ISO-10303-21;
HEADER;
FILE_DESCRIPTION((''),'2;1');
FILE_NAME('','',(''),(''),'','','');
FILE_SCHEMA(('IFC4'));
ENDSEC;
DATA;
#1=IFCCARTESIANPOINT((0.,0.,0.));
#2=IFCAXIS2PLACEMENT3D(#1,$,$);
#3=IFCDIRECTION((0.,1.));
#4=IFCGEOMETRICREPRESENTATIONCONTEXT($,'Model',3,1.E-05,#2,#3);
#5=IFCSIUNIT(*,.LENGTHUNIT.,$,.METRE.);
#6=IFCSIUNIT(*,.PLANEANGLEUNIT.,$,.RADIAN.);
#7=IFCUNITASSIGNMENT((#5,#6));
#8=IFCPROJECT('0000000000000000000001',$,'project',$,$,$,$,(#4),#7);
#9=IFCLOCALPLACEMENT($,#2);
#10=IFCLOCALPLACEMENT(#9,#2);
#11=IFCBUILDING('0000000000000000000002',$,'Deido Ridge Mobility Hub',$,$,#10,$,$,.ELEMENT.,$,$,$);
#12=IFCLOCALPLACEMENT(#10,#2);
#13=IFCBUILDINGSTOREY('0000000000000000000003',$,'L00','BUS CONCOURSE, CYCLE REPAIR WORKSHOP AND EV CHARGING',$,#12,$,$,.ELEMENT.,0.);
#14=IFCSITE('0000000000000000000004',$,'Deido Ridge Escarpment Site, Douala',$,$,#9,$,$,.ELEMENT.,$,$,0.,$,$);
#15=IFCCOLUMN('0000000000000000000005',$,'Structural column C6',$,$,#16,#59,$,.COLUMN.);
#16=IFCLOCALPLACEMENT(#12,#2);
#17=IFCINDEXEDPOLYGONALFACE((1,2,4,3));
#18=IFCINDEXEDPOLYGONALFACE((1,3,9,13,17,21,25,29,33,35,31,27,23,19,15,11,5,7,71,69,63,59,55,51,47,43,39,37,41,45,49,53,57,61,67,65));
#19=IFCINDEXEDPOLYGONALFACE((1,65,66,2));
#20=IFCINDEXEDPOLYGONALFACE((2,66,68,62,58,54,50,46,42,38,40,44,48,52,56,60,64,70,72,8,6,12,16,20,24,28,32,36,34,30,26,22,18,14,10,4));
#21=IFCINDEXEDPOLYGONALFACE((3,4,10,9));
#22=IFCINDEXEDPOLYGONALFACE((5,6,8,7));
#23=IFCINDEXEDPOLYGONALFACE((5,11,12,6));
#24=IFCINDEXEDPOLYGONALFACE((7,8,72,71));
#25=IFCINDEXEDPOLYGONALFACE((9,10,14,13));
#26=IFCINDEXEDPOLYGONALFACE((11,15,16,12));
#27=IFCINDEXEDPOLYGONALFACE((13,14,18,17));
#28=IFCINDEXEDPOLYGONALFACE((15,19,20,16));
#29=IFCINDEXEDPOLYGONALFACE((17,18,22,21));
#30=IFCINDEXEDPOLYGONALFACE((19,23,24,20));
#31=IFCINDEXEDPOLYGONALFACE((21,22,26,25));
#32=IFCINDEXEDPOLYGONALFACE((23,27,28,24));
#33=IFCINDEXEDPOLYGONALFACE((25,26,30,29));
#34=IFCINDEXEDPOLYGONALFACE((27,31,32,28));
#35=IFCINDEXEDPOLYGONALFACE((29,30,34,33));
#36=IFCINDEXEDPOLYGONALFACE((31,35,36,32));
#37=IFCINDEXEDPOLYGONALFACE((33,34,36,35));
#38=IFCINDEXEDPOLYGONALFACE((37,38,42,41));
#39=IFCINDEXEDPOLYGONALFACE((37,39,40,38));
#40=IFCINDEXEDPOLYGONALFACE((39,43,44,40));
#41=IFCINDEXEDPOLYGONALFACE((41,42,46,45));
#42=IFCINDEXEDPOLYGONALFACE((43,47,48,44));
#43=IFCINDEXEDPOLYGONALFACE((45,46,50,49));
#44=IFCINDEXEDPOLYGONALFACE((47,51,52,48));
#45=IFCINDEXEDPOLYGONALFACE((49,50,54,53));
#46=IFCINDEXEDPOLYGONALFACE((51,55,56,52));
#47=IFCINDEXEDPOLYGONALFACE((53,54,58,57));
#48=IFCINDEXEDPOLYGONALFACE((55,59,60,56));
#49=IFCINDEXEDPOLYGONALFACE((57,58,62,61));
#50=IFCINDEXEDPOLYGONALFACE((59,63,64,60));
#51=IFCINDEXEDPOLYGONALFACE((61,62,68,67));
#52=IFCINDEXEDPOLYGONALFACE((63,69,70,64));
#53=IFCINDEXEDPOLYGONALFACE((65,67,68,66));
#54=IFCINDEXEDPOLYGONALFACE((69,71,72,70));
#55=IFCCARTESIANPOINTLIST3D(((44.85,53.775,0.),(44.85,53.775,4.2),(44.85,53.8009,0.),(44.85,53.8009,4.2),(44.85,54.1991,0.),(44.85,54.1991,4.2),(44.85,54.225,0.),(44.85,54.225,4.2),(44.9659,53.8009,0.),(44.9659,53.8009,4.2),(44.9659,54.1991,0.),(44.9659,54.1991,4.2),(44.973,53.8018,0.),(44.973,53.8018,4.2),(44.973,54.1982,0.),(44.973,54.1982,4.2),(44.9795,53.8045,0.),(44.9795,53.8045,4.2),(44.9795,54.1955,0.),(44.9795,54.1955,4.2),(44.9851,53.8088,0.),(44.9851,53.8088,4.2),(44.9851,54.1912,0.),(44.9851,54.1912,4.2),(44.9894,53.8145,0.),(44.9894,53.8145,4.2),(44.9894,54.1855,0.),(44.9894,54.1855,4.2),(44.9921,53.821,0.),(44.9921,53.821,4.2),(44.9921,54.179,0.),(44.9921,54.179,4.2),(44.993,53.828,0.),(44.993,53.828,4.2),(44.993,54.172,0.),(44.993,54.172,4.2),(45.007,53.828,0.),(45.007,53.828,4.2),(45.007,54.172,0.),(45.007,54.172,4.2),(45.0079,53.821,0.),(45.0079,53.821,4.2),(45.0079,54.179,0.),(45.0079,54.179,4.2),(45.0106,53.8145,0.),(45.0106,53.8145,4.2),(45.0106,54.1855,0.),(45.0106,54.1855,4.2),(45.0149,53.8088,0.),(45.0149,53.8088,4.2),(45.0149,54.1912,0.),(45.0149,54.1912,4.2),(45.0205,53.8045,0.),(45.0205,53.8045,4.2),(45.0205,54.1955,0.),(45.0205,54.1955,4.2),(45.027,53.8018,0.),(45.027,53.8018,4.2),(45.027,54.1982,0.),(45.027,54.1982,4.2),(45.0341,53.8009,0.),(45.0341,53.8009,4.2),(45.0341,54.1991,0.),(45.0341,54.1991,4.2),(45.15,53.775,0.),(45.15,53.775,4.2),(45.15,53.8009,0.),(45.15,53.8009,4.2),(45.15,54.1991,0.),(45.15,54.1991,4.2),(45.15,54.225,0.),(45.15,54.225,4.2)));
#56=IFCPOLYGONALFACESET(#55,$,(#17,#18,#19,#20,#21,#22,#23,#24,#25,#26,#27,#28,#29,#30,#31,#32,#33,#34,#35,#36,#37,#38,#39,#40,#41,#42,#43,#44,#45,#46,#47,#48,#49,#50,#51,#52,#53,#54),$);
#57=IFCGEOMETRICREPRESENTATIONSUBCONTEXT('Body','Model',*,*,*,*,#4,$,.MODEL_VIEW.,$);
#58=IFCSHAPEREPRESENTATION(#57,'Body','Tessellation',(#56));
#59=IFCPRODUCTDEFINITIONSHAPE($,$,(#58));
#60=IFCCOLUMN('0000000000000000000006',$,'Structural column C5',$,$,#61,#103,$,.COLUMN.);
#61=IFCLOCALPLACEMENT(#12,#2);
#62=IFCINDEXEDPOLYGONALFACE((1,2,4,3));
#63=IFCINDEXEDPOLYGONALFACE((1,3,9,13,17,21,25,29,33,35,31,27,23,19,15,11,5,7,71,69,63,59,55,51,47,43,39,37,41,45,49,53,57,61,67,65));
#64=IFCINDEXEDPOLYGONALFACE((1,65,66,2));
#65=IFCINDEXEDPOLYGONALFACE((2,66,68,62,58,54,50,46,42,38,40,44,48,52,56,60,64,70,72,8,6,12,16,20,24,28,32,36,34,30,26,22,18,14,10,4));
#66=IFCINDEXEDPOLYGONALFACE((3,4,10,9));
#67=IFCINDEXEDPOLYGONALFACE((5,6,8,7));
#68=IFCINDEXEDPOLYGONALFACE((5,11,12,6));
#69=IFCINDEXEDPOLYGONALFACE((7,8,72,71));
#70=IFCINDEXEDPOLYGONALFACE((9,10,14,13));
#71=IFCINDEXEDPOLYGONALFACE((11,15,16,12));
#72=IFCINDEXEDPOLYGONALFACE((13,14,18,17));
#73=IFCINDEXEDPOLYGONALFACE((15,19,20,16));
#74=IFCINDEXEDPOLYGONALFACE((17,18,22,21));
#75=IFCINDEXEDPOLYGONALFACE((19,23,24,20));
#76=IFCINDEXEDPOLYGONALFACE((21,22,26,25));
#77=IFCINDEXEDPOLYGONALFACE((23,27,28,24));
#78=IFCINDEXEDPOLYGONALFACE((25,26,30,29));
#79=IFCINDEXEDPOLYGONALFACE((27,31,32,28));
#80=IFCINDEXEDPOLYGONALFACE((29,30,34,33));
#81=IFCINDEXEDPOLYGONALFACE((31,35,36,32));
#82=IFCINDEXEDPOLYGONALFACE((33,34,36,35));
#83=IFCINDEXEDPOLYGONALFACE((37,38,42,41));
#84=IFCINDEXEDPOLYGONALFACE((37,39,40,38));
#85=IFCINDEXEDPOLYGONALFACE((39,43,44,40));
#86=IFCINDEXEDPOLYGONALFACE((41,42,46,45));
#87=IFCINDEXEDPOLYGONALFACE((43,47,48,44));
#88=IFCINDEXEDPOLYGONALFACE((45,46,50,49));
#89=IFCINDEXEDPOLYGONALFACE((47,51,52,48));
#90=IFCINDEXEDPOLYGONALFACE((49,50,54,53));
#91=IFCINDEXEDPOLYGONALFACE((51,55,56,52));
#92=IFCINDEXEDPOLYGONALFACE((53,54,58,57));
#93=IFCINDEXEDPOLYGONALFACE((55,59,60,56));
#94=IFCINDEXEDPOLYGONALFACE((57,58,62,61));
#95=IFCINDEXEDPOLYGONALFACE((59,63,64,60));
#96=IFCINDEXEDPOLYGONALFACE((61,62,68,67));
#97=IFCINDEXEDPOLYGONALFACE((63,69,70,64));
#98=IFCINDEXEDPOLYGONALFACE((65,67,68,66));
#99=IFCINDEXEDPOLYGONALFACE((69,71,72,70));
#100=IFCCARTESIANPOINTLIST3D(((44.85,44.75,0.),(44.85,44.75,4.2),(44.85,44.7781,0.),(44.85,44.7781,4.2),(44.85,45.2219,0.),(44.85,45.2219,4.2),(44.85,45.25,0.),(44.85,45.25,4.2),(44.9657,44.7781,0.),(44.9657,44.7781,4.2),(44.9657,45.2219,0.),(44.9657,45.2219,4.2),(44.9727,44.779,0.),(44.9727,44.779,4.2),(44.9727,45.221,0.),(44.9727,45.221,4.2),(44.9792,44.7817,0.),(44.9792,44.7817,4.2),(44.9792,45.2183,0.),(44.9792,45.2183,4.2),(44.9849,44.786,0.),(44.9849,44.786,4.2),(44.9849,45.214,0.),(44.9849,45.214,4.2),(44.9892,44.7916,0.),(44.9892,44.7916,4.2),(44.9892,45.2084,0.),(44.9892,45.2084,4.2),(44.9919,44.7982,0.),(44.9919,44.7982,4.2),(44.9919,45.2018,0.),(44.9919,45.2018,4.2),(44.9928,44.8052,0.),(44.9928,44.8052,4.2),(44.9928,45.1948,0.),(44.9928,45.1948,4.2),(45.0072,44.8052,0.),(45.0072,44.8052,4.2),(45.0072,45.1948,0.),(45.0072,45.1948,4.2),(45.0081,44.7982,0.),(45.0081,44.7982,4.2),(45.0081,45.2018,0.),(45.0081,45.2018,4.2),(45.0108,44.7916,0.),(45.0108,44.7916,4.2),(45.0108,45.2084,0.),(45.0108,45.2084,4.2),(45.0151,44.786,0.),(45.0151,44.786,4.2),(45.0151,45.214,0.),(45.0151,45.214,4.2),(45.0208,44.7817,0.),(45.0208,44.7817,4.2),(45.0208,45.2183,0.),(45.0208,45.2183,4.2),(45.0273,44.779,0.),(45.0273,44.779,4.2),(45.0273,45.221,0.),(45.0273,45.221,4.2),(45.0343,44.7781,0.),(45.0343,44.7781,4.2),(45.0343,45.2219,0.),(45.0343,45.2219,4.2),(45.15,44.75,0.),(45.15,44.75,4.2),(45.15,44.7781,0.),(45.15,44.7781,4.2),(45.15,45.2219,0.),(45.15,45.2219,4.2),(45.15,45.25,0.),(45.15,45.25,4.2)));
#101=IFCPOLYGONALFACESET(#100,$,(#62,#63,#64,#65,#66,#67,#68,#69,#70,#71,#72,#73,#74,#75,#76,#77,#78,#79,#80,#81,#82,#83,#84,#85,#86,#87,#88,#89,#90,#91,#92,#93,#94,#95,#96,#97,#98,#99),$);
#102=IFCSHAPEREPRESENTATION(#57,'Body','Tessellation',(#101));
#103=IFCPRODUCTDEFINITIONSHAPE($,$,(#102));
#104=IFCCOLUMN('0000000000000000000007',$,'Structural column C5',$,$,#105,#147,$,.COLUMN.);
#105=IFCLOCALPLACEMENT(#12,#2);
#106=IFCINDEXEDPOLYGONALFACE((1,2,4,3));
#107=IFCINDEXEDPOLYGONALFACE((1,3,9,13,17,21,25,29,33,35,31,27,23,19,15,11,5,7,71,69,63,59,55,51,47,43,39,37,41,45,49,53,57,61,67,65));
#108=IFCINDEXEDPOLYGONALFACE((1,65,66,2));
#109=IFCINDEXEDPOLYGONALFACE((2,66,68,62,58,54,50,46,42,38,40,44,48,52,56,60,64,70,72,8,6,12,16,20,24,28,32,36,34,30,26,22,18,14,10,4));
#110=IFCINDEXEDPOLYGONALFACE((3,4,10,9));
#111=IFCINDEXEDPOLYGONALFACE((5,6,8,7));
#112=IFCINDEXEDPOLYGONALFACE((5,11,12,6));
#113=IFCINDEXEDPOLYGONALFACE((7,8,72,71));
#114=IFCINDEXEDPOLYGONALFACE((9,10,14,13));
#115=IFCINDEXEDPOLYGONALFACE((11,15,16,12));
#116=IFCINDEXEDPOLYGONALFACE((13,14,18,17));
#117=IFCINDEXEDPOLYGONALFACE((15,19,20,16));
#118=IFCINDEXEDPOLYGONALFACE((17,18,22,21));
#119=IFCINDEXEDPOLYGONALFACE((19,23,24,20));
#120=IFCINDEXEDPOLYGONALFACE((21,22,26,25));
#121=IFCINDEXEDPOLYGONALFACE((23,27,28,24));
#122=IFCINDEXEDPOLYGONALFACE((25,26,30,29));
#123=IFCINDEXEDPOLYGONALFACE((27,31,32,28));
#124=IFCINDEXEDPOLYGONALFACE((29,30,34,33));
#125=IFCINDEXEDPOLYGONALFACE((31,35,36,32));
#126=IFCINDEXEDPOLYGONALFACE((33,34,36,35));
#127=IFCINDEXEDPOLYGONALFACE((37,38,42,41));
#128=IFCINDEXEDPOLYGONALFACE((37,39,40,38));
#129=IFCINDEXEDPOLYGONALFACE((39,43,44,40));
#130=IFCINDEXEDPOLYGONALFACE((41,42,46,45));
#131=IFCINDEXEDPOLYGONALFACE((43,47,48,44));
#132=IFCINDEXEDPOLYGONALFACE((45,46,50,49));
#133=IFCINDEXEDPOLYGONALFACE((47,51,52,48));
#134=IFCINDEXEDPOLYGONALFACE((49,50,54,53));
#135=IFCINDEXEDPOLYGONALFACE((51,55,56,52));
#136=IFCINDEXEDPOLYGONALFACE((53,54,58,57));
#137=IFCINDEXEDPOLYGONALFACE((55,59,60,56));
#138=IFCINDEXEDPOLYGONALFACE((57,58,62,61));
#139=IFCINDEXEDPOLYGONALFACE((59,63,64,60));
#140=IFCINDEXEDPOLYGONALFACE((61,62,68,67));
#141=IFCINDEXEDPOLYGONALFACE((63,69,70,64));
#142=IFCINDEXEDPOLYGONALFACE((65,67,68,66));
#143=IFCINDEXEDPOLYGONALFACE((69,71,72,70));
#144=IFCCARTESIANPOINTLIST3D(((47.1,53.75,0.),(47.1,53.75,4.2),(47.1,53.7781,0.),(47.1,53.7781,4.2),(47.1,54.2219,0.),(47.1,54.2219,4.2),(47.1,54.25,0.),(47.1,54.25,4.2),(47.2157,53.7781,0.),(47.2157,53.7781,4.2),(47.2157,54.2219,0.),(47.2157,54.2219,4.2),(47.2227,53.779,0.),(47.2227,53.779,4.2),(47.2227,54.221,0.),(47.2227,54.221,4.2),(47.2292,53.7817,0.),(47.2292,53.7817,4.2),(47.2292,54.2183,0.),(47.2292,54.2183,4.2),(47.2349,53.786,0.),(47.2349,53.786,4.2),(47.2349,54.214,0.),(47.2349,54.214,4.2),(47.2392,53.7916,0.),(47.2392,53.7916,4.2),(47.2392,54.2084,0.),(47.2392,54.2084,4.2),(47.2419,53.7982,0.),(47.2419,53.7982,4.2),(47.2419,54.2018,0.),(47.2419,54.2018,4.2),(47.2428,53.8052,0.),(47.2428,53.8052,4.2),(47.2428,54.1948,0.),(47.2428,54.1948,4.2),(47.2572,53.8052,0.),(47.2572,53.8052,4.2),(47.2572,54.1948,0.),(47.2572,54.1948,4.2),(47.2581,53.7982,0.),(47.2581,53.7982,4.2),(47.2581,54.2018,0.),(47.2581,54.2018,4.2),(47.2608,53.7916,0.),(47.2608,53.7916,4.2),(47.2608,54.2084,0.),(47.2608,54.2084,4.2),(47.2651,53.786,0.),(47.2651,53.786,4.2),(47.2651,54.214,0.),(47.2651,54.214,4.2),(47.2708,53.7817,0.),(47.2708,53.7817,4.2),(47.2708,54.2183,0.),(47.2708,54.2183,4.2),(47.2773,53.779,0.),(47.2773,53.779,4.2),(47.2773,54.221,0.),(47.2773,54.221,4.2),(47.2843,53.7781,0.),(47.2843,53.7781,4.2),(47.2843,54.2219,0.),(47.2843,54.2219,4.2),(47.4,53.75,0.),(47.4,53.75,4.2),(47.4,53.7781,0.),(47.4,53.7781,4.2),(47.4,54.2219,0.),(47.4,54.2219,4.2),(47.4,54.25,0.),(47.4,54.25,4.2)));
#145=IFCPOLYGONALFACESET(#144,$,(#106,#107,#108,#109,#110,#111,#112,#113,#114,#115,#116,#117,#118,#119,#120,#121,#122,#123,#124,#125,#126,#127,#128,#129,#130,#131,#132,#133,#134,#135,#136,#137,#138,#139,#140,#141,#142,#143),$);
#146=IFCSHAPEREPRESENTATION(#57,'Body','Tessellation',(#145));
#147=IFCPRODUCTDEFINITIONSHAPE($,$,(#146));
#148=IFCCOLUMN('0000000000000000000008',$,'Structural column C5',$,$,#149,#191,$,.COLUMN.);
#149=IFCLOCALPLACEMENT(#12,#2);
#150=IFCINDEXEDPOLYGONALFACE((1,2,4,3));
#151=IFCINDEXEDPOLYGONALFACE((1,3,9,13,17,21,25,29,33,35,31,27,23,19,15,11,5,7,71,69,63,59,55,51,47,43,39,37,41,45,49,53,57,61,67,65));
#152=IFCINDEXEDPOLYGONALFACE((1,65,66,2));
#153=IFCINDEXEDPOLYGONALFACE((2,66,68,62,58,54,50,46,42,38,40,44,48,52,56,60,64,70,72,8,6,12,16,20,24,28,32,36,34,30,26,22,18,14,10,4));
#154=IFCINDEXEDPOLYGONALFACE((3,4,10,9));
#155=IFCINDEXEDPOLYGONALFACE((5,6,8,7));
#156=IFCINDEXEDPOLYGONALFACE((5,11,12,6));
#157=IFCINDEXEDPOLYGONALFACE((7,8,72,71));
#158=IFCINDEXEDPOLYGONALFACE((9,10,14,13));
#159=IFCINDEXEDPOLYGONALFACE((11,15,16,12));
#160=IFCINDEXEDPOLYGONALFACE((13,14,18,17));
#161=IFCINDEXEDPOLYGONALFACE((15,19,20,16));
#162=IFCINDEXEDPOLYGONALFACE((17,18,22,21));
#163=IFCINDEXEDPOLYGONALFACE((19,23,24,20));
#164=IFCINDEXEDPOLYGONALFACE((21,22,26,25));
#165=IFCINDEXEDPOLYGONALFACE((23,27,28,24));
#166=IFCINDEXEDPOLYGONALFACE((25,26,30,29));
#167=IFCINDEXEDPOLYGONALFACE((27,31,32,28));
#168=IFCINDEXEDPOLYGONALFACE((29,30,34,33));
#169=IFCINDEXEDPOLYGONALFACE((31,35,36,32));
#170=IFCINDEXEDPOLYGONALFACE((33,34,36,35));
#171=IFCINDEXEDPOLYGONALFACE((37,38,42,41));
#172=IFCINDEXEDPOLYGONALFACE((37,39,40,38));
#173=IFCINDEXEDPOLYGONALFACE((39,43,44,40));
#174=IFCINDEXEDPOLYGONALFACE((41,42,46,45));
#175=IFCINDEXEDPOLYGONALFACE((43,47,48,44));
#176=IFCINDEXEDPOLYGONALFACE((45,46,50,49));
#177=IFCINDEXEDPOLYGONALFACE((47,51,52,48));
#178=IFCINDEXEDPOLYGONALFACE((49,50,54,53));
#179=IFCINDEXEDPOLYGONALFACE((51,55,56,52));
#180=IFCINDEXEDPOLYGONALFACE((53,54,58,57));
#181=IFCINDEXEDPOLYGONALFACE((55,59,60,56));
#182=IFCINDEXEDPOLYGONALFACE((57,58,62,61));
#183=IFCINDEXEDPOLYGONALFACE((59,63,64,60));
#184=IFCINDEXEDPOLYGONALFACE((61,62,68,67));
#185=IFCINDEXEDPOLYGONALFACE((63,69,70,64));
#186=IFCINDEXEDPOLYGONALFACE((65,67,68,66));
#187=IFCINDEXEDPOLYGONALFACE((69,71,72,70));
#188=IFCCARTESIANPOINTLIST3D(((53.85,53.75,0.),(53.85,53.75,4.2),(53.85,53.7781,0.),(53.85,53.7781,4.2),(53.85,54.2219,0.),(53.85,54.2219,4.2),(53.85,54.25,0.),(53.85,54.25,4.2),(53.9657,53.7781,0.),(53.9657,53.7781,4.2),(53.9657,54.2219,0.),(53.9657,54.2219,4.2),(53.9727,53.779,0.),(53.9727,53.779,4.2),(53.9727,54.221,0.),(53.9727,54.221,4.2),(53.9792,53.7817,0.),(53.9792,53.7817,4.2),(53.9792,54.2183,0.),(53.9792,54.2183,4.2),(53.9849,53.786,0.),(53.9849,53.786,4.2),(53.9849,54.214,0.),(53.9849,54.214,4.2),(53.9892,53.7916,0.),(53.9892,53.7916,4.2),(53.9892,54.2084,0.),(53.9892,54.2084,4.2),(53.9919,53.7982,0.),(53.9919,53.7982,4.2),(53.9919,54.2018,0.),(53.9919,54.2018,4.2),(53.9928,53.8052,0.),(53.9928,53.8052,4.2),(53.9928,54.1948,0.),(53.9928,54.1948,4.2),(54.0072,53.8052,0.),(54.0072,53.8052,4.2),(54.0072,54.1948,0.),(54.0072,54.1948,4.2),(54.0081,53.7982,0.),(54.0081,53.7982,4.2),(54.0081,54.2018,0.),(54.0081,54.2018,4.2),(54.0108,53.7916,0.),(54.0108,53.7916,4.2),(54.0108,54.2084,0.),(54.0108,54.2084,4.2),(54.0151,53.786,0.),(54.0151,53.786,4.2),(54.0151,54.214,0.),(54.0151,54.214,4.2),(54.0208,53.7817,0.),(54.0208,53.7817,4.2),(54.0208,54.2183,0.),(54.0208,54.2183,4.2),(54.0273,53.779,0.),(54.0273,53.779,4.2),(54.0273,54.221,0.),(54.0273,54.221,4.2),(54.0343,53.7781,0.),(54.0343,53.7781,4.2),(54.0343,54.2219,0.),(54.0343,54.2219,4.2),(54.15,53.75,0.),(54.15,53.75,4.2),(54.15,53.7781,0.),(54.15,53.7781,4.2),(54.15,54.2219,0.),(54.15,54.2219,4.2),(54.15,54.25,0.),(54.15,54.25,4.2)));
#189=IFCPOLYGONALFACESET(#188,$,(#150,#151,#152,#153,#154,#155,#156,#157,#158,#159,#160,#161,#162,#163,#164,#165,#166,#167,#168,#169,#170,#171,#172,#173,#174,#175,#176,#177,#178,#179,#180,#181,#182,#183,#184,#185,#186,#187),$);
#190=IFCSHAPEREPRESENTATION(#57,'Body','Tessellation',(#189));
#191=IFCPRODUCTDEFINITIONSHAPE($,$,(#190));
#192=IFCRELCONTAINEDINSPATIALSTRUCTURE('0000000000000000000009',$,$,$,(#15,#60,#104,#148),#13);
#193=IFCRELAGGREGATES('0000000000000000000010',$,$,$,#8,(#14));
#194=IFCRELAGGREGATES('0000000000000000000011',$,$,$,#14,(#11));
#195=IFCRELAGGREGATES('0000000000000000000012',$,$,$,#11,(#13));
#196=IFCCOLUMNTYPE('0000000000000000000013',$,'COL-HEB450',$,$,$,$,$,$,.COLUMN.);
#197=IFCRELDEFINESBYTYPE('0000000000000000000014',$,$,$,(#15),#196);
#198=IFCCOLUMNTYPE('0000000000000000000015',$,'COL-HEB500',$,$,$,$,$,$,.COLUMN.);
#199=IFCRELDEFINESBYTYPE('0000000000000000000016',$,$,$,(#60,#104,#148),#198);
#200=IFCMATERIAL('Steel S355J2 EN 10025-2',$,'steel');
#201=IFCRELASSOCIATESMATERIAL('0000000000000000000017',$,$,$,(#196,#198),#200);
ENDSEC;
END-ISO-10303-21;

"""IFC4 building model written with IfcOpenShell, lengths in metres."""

from ifc_helpers import new_model, si_unit, direction, frame, origin, origin_2d, place, context, subcontext, project, spatial, i_section, extrude, material, material_profile, profile_set, type_object, element, save


model = new_model("IFC4")

# Units and contexts
model_context = context("Model", 3, precision=1e-05, world=origin(), true_north=direction((0.0, 1.0)))
body_context = subcontext(model_context, "Body", "Model", "MODEL_VIEW")
ifc_project = project(units=[si_unit("LENGTHUNIT", "METRE"), si_unit("PLANEANGLEUNIT", "RADIAN")], contexts=[model_context])

# Site, building, storey
site_placement = place(None, origin())
site = spatial("IfcSite", under=ifc_project, at=site_placement, Name="Deido Ridge Escarpment Site, Douala", CompositionType="ELEMENT", RefElevation=0.0)
building_placement = place(site_placement, origin())
building = spatial("IfcBuilding", under=site, at=building_placement, Name="Deido Ridge Mobility Hub", CompositionType="ELEMENT")
storey_placement = place(building_placement, origin())
storey = spatial("IfcBuildingStorey", under=building, at=storey_placement, Name="L00", Description="BUS CONCOURSE, CYCLE REPAIR WORKSHOP AND EV CHARGING", CompositionType="ELEMENT", Elevation=0.0)

# Columns
ifc_material_1 = material(Name="Steel S355J2 EN 10025-2", Category="steel")
ifc_material_profile_1 = material_profile(ifc_material_1, i_section(OverallWidth=0.3, OverallDepth=0.45, WebThickness=0.0139, FlangeThickness=0.0259, FilletRadius=0.0271, at=origin_2d()), Name="HEB 450")
ifc_profile_set_1 = profile_set([ifc_material_profile_1], Name="Steel S355J2 EN 10025-2")
column_type_1 = type_object("IfcColumnType", Name="COL-HEB450", PredefinedType="COLUMN", material=ifc_profile_set_1)
column_placement = place(storey_placement, frame((45.0, 54.0, 0.0), z_axis=(0.0, 0.0, 1.0), x_axis=(1.0, 0.0, 0.0)))
element("IfcColumn", 1, at=column_placement, inside=storey, type_object=column_type_1, Name="Structural column C6", PredefinedType="COLUMN", context=body_context, shape_type="SweptSolid", body=[
    extrude(i_section(OverallWidth=0.3, OverallDepth=0.45, WebThickness=0.0139, FlangeThickness=0.0259, FilletRadius=0.0271, at=origin_2d()), origin(), (0.0, 0.0, 1.0), 4.2),
])
ifc_material_profile_2 = material_profile(ifc_material_1, i_section(OverallWidth=0.3, OverallDepth=0.5, WebThickness=0.0144, FlangeThickness=0.0281, FilletRadius=0.0271, at=origin_2d()), Name="HEB 500")
ifc_profile_set_2 = profile_set([ifc_material_profile_2], Name="Steel S355J2 EN 10025-2")
column_type_2 = type_object("IfcColumnType", Name="COL-HEB500", PredefinedType="COLUMN", material=ifc_profile_set_2)
for number, where, z_axis, x_axis, name in (
    (2, (45.0, 45.0, 0.0), (0.0, 0.0, 1.0), (1.0, 0.0, 0.0), "Structural column C5"),
    (3, (47.25, 54.0, 0.0), (0.0, 0.0, 1.0), (1.0, 0.0, 0.0), "Structural column C5"),
    (4, (54.0, 54.0, 0.0), (0.0, 0.0, 1.0), (1.0, 0.0, 0.0), "Structural column C5"),
):
    element("IfcColumn", number, at=place(storey_placement, frame(where, z_axis=z_axis, x_axis=x_axis)), inside=storey, type_object=column_type_2, Name=name, PredefinedType="COLUMN", context=body_context, shape_type="SweptSolid", body=[
        extrude(i_section(OverallWidth=0.3, OverallDepth=0.5, WebThickness=0.0144, FlangeThickness=0.0281, FilletRadius=0.0271, at=origin_2d()), origin(), (0.0, 0.0, 1.0), 4.2),
    ])

save(model, "model.ifc")
